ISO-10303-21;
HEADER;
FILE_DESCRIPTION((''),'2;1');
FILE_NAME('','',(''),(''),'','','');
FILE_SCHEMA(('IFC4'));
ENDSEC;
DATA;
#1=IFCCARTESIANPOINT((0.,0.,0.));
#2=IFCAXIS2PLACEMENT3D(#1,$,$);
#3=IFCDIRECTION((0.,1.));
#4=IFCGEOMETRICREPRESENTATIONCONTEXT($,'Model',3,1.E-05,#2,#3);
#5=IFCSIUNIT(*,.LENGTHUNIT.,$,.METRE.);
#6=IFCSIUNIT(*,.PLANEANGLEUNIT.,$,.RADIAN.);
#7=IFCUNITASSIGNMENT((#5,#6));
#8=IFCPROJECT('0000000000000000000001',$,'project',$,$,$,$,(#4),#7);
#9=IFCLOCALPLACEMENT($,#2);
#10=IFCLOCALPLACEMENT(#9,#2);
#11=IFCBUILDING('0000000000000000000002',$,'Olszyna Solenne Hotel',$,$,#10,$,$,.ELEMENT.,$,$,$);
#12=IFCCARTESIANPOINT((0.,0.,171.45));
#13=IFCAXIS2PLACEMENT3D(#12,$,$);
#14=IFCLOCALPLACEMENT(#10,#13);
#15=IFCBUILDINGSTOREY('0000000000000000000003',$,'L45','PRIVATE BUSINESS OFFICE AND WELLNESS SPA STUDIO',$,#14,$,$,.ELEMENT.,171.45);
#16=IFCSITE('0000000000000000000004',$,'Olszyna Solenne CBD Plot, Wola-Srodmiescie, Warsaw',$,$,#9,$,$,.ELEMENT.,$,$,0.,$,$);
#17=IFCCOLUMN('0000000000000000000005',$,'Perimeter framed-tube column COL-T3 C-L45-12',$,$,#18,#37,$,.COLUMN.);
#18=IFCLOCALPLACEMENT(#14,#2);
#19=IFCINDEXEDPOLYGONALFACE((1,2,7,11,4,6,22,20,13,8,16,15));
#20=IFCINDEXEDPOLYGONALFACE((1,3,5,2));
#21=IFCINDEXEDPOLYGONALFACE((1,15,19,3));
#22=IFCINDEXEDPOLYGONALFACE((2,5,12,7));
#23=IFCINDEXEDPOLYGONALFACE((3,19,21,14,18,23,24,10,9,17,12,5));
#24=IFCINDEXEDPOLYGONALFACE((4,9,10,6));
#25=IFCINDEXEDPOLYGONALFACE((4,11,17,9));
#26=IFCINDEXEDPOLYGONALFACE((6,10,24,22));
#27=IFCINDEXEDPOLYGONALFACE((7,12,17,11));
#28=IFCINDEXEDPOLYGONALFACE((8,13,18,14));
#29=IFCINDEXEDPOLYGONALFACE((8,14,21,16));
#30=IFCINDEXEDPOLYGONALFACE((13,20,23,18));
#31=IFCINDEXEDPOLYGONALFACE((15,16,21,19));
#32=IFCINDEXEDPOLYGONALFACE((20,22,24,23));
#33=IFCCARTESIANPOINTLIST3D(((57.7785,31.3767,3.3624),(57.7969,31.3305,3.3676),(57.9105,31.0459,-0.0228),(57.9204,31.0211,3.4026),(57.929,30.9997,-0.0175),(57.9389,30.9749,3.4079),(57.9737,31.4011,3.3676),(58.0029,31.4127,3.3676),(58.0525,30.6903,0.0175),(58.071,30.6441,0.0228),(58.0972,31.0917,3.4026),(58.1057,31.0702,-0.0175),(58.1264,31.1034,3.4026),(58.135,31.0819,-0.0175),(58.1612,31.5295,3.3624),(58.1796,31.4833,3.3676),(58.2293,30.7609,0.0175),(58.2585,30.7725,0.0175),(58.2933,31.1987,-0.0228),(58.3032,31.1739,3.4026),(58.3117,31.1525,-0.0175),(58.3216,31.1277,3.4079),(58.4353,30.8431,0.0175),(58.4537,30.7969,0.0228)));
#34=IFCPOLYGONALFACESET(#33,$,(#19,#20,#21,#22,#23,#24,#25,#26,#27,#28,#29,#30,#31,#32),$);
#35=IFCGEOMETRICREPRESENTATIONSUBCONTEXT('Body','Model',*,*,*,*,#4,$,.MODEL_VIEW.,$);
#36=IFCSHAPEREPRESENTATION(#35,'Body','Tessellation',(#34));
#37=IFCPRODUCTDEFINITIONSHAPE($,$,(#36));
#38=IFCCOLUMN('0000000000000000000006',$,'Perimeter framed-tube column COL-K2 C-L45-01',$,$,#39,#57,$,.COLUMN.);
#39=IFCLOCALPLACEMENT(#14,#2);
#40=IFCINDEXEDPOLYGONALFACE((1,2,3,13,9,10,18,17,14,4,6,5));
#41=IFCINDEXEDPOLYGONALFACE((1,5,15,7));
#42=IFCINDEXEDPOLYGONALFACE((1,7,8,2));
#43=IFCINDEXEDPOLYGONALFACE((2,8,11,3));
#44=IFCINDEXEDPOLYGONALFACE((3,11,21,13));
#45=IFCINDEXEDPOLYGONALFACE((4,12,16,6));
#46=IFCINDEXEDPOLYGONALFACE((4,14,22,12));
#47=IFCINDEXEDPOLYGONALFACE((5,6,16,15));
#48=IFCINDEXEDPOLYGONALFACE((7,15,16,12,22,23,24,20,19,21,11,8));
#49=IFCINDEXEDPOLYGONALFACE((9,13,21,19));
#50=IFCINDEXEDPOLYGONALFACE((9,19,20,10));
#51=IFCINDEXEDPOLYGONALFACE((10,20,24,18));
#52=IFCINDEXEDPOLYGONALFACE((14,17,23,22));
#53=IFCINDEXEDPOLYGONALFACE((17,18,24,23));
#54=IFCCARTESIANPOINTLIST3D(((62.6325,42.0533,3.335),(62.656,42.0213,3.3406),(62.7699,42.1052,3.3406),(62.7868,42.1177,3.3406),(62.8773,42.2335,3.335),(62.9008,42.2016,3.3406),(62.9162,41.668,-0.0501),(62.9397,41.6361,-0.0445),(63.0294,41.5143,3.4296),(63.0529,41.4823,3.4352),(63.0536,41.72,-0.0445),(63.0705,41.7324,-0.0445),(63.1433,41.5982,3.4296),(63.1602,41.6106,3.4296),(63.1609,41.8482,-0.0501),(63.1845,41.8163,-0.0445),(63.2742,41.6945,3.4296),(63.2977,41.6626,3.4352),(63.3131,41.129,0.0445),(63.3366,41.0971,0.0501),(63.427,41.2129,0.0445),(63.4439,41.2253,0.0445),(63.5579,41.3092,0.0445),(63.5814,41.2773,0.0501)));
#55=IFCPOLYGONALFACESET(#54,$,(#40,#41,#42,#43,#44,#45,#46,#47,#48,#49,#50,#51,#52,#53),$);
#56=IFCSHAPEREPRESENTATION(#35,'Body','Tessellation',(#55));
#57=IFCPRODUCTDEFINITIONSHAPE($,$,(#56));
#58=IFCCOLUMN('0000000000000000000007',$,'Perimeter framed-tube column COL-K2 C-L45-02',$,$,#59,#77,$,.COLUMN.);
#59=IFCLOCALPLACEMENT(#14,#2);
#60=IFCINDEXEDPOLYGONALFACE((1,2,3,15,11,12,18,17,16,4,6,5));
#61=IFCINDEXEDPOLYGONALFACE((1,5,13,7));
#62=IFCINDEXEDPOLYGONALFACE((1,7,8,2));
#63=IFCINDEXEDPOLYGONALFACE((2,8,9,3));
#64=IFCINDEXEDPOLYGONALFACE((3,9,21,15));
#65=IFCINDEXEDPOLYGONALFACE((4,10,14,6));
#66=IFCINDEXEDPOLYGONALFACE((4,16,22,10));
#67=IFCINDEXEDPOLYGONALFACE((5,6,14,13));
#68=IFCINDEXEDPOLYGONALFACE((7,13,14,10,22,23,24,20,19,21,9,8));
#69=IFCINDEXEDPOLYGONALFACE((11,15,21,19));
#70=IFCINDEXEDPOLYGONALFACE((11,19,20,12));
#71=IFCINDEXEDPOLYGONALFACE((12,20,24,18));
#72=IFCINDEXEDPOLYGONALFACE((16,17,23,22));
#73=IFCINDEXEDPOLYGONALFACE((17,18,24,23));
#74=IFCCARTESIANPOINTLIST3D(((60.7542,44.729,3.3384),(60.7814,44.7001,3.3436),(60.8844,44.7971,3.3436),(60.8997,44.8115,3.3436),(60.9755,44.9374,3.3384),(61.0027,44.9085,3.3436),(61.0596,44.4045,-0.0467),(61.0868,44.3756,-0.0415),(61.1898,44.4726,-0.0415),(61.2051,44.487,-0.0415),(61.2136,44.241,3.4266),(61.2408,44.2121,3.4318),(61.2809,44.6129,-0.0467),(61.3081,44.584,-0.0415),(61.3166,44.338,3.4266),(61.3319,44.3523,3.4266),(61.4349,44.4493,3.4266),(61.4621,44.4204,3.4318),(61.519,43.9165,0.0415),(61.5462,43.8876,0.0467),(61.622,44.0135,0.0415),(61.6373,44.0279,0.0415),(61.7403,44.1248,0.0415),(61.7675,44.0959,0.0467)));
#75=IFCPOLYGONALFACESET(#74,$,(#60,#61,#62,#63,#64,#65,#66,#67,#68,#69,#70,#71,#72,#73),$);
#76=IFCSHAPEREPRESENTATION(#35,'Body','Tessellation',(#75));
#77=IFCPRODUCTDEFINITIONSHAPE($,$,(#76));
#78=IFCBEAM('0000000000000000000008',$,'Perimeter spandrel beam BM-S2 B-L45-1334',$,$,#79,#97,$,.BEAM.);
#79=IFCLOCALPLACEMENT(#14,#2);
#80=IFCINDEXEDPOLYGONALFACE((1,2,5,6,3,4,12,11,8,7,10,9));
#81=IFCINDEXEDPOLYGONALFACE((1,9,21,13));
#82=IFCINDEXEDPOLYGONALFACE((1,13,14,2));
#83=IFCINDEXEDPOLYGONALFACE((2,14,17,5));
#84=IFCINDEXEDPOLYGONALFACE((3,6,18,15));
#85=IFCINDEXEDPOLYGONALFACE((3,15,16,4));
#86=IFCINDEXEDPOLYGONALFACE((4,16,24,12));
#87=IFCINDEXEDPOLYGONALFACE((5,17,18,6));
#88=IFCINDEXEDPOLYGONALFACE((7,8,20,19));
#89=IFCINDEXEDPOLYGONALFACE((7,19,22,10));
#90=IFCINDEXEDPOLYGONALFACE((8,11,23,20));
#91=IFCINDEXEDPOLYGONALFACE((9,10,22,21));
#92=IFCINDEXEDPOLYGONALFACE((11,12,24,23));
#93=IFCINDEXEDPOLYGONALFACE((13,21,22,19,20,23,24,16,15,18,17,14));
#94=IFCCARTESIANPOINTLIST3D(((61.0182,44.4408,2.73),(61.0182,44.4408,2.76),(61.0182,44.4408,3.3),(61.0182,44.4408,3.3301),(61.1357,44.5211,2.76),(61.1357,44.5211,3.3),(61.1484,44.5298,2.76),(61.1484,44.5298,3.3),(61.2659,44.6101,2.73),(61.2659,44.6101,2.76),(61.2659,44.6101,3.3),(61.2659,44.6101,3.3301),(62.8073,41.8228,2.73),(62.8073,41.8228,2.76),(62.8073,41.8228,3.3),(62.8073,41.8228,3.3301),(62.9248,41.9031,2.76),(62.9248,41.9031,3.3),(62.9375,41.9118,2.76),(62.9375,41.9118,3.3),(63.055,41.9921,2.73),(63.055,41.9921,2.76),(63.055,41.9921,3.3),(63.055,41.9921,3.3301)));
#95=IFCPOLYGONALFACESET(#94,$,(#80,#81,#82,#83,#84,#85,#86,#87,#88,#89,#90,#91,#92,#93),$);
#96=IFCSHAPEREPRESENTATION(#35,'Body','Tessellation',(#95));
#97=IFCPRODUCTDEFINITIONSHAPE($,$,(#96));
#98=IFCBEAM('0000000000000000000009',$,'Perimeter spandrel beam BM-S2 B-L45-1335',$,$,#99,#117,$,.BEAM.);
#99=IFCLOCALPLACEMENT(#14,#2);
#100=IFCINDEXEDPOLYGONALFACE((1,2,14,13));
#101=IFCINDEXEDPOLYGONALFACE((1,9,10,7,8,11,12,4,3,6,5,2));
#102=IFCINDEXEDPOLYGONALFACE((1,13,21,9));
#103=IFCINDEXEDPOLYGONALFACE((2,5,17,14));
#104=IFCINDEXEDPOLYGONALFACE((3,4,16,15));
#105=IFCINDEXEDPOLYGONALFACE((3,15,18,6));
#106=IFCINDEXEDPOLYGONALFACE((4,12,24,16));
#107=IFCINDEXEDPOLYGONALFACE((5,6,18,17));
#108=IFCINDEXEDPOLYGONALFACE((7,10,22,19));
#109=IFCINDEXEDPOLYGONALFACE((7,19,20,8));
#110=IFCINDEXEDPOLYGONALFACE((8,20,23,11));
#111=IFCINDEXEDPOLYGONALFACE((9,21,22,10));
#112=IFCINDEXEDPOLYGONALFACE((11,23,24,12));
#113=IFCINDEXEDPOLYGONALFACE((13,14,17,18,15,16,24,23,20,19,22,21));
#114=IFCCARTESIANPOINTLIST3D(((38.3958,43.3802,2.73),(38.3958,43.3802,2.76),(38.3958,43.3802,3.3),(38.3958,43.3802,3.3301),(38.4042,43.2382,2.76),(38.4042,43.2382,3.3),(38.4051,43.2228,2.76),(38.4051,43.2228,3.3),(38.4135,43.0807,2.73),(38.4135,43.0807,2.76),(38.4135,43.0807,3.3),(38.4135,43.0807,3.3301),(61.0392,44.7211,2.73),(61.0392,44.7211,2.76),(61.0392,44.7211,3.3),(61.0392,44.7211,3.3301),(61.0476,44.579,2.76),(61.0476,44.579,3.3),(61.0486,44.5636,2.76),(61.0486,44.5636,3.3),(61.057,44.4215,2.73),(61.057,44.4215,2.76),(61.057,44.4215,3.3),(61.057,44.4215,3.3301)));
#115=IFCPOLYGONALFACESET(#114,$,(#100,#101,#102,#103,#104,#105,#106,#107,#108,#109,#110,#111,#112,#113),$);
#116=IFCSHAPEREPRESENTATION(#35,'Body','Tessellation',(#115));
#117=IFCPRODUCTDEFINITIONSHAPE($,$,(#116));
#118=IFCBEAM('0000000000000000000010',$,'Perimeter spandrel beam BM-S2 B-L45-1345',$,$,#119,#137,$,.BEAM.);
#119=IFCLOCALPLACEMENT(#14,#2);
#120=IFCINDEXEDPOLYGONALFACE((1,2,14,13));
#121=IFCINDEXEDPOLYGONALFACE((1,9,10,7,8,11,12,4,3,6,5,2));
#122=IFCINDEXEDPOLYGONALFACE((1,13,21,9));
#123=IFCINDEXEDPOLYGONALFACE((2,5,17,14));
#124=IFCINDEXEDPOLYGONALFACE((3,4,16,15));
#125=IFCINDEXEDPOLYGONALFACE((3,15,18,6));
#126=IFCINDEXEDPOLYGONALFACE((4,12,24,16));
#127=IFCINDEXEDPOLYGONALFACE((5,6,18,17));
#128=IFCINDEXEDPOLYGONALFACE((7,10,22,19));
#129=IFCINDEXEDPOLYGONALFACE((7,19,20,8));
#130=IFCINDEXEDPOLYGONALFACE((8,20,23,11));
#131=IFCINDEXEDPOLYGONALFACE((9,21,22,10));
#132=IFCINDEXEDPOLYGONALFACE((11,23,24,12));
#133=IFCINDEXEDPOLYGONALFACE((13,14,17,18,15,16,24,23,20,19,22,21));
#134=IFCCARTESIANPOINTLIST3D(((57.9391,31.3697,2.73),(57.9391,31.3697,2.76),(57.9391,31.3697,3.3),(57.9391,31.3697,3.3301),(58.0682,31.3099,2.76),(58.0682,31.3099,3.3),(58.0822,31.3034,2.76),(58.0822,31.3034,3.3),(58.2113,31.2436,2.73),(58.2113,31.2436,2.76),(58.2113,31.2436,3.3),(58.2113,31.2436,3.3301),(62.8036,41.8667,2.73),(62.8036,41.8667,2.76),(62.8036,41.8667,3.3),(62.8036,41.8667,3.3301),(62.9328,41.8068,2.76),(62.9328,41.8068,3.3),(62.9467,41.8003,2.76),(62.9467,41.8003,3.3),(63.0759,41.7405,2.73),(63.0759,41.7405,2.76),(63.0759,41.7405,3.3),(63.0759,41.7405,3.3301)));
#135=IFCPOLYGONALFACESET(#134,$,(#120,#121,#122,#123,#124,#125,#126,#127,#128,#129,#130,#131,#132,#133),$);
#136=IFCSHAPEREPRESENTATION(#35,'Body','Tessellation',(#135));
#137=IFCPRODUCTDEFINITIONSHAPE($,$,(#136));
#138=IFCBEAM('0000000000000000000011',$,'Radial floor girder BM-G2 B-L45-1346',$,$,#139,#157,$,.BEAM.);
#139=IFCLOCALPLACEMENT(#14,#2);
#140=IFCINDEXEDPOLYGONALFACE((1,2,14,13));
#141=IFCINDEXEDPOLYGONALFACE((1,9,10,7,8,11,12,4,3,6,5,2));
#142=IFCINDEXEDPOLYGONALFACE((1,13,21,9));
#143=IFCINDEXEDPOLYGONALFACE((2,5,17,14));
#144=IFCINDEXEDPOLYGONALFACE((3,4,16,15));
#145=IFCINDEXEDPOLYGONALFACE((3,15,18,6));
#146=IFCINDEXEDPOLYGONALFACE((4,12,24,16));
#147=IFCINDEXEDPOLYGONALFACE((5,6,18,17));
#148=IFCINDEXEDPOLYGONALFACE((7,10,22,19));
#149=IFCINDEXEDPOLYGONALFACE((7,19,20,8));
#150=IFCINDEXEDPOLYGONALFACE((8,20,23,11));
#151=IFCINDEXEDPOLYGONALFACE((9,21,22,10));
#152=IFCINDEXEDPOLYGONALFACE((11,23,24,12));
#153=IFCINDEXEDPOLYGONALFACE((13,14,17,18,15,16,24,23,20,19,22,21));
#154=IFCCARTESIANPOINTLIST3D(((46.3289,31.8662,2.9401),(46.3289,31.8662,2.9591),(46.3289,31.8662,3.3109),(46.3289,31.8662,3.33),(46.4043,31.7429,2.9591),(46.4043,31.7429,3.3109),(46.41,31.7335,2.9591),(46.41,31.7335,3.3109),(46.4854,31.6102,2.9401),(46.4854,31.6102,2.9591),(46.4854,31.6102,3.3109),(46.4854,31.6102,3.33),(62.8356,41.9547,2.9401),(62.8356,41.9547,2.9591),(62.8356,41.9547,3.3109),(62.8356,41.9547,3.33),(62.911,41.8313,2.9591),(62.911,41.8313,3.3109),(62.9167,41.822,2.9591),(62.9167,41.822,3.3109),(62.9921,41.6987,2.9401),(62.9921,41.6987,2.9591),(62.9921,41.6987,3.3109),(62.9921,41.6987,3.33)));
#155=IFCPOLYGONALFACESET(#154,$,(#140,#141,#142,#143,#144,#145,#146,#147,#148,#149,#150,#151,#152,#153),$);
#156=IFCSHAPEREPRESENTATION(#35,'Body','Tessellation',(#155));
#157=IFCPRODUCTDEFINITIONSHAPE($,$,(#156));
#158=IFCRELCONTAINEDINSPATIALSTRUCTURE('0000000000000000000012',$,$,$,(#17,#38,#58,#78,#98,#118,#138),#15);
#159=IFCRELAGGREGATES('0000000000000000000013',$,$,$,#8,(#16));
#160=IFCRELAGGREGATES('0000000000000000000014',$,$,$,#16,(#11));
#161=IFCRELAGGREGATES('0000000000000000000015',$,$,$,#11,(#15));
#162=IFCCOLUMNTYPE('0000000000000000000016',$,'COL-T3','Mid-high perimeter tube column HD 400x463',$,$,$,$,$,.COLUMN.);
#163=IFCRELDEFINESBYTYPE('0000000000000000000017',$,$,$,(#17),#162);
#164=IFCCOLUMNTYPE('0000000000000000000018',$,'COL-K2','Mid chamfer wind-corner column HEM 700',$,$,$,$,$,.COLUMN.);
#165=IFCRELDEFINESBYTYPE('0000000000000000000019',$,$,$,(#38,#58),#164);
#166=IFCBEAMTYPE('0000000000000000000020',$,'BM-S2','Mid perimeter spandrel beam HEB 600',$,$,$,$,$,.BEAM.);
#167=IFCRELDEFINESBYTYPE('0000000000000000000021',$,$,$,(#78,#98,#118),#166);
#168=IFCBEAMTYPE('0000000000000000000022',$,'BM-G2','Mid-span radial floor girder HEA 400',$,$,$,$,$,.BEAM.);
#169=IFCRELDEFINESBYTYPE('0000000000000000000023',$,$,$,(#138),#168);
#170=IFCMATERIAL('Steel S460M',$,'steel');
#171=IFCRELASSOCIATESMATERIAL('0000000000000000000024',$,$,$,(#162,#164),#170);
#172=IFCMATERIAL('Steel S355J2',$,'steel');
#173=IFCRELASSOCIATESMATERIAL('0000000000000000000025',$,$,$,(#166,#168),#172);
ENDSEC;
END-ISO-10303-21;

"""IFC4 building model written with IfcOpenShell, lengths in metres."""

from ifc_helpers import new_model, si_unit, direction, frame, origin, origin_2d, place, context, subcontext, project, spatial, i_section, extrude, source, transform, mapped, material, material_profile, profile_set, type_object, element, save


model = new_model("IFC4")

# Units and contexts
model_context = context("Model", 3, precision=1e-05, world=origin(), true_north=direction((0.0, 1.0)))
body_context = subcontext(model_context, "Body", "Model", "MODEL_VIEW")
ifc_project = project(units=[si_unit("LENGTHUNIT", "METRE"), si_unit("PLANEANGLEUNIT", "RADIAN")], contexts=[model_context])

# Site, building, storey
site_placement = place(None, origin())
site = spatial("IfcSite", under=ifc_project, at=site_placement, Name="Olszyna Solenne CBD Plot, Wola-Srodmiescie, Warsaw", CompositionType="ELEMENT", RefElevation=0.0)
building_placement = place(site_placement, origin())
building = spatial("IfcBuilding", under=site, at=building_placement, Name="Olszyna Solenne Hotel", CompositionType="ELEMENT")
storey_placement = place(building_placement, frame((0.0, 0.0, 171.45)))
storey = spatial("IfcBuildingStorey", under=building, at=storey_placement, Name="L45", Description="PRIVATE BUSINESS OFFICE AND WELLNESS SPA STUDIO", CompositionType="ELEMENT", Elevation=171.45)

# Columns
ifc_material_1 = material(Name="Steel S460M", Category="steel")
ifc_material_profile_1 = material_profile(ifc_material_1, i_section(OverallWidth=0.4121, OverallDepth=0.4351, WebThickness=0.0315, FlangeThickness=0.05, at=origin_2d()), Name="HD 400x463", Category="load-bearing")
ifc_profile_set_1 = profile_set([ifc_material_profile_1], Name="Steel S460M")
column_type_1 = type_object("IfcColumnType", Name="COL-T3", Description="Mid-high perimeter tube column HD 400x463", PredefinedType="COLUMN", material=ifc_profile_set_1)
shared_shape_1 = source(origin(), body_context, "Body", "SweptSolid", [
    extrude(i_section(OverallWidth=0.4121, OverallDepth=0.4351, WebThickness=0.0315, FlangeThickness=0.05, at=origin_2d()), origin(), (0.0, 0.0, 1.0), 3.4038),
])
column_1_placement = place(storey_placement, frame((58.1821, 30.9214, 0.0), z_axis=(-0.038805, 0.097191, 0.994509), x_axis=(-0.928713, -0.3708, 0.0)))
element("IfcColumn", 1, at=column_1_placement, inside=storey, type_object=column_type_1, Name="Perimeter framed-tube column COL-T3 C-L45-12", PredefinedType="COLUMN", context=body_context, shape_type="MappedRepresentation", body=[
    mapped(shared_shape_1, transform((0.0, 0.0, 0.0), x_axis=(1.0, 0.0, 0.0), y_axis=(0.0, 1.0, 0.0), z_axis=(0.0, 0.0, 1.0), scale=1.0)),
])
ifc_material_profile_2 = material_profile(ifc_material_1, i_section(OverallWidth=0.304, OverallDepth=0.7161, WebThickness=0.021, FlangeThickness=0.04, at=origin_2d()), Name="HEM 700", Category="load-bearing")
ifc_profile_set_2 = profile_set([ifc_material_profile_2], Name="Steel S460M")
column_type_2 = type_object("IfcColumnType", Name="COL-K2", Description="Mid chamfer wind-corner column HEM 700", PredefinedType="COLUMN", material=ifc_profile_set_2)
shared_shape_2 = source(origin(), body_context, "Body", "SweptSolid", [
    extrude(i_section(OverallWidth=0.304, OverallDepth=0.7161, WebThickness=0.021, FlangeThickness=0.04, at=origin_2d()), origin(), (0.0, 0.0, 1.0), 3.4187),
])
column_2_placement = place(storey_placement, frame((63.2488, 41.4727, 0.0), z_axis=(-0.082983, 0.112692, 0.990159), x_axis=(-0.805235, -0.592955, 0.0)))
element("IfcColumn", 2, at=column_2_placement, inside=storey, type_object=column_type_2, Name="Perimeter framed-tube column COL-K2 C-L45-01", PredefinedType="COLUMN", context=body_context, shape_type="MappedRepresentation", body=[
    mapped(shared_shape_2, transform((0.0, 0.0, 0.0), x_axis=(1.0, 0.0, 0.0), y_axis=(0.0, 1.0, 0.0), z_axis=(0.0, 0.0, 1.0), scale=1.0)),
])
shared_shape_3 = source(origin(), body_context, "Body", "SweptSolid", [
    extrude(i_section(OverallWidth=0.304, OverallDepth=0.7161, WebThickness=0.021, FlangeThickness=0.04, at=origin_2d()), origin(), (0.0, 0.0, 1.0), 3.4143),
])
column_3_placement = place(storey_placement, frame((61.4136, 44.2502, 0.0), z_axis=(-0.089455, 0.095033, 0.991447), x_axis=(-0.728152, -0.685416, 0.0)))
element("IfcColumn", 3, at=column_3_placement, inside=storey, type_object=column_type_2, Name="Perimeter framed-tube column COL-K2 C-L45-02", PredefinedType="COLUMN", context=body_context, shape_type="MappedRepresentation", body=[
    mapped(shared_shape_3, transform((0.0, 0.0, 0.0), x_axis=(1.0, 0.0, 0.0), y_axis=(0.0, 1.0, 0.0), z_axis=(0.0, 0.0, 1.0), scale=1.0)),
])

# Beams
ifc_material_2 = material(Name="Steel S355J2", Category="steel")
ifc_material_profile_3 = material_profile(ifc_material_2, i_section(OverallWidth=0.3, OverallDepth=0.6001, WebThickness=0.0154, FlangeThickness=0.03, at=origin_2d()), Name="HEB 600", Category="load-bearing")
ifc_profile_set_3 = profile_set([ifc_material_profile_3], Name="Steel S355J2")
beam_type_1 = type_object("IfcBeamType", Name="BM-S2", Description="Mid perimeter spandrel beam HEB 600", PredefinedType="BEAM", material=ifc_profile_set_3)
shared_shape_4 = source(origin(), body_context, "Body", "SweptSolid", [
    extrude(i_section(OverallWidth=0.3, OverallDepth=0.6001, WebThickness=0.0154, FlangeThickness=0.03, at=origin_2d()), origin(), (0.0, 0.0, 1.0), 3.1709),
])
beam_1_placement = place(storey_placement, frame((62.9312, 41.9075, 3.03), z_axis=(-0.564223, 0.825623, 0.0), x_axis=(-0.825623, -0.564223, 0.0)))
element("IfcBeam", 4, at=beam_1_placement, inside=storey, type_object=beam_type_1, Name="Perimeter spandrel beam BM-S2 B-L45-1334", PredefinedType="BEAM", context=body_context, shape_type="MappedRepresentation", body=[
    mapped(shared_shape_4, transform((0.0, 0.0, 0.0), x_axis=(1.0, 0.0, 0.0), y_axis=(0.0, 1.0, 0.0), z_axis=(0.0, 0.0, 1.0), scale=1.0)),
])
shared_shape_5 = source(origin(), body_context, "Body", "SweptSolid", [
    extrude(i_section(OverallWidth=0.3, OverallDepth=0.6001, WebThickness=0.0154, FlangeThickness=0.03, at=origin_2d()), origin(), (0.0, 0.0, 1.0), 22.6831),
])
beam_2_placement = place(storey_placement, frame((61.0481, 44.5713, 3.03), z_axis=(-0.998251, -0.059111, 0.0), x_axis=(0.059111, -0.998251, 0.0)))
element("IfcBeam", 5, at=beam_2_placement, inside=storey, type_object=beam_type_1, Name="Perimeter spandrel beam BM-S2 B-L45-1335", PredefinedType="BEAM", context=body_context, shape_type="MappedRepresentation", body=[
    mapped(shared_shape_5, transform((0.0, 0.0, 0.0), x_axis=(1.0, 0.0, 0.0), y_axis=(0.0, 1.0, 0.0), z_axis=(0.0, 0.0, 1.0), scale=1.0)),
])
shared_shape_6 = source(origin(), body_context, "Body", "SweptSolid", [
    extrude(i_section(OverallWidth=0.3, OverallDepth=0.6001, WebThickness=0.0154, FlangeThickness=0.03, at=origin_2d()), origin(), (0.0, 0.0, 1.0), 11.5693),
])
beam_3_placement = place(storey_placement, frame((58.0752, 31.3066, 3.03), z_axis=(0.420469, 0.907307, 0.0), x_axis=(-0.907307, 0.420469, 0.0)))
element("IfcBeam", 6, at=beam_3_placement, inside=storey, type_object=beam_type_1, Name="Perimeter spandrel beam BM-S2 B-L45-1345", PredefinedType="BEAM", context=body_context, shape_type="MappedRepresentation", body=[
    mapped(shared_shape_6, transform((0.0, 0.0, 0.0), x_axis=(1.0, 0.0, 0.0), y_axis=(0.0, 1.0, 0.0), z_axis=(0.0, 0.0, 1.0), scale=1.0)),
])
ifc_material_profile_4 = material_profile(ifc_material_2, i_section(OverallWidth=0.3, OverallDepth=0.3899, WebThickness=0.011, FlangeThickness=0.019, at=origin_2d()), Name="HEA 400", Category="load-bearing")
ifc_profile_set_4 = profile_set([ifc_material_profile_4], Name="Steel S355J2")
beam_type_2 = type_object("IfcBeamType", Name="BM-G2", Description="Mid-span radial floor girder HEA 400", PredefinedType="BEAM", material=ifc_profile_set_4)
shared_shape_7 = source(origin(), body_context, "Body", "SweptSolid", [
    extrude(i_section(OverallWidth=0.3, OverallDepth=0.3899, WebThickness=0.011, FlangeThickness=0.019, at=origin_2d()), origin(), (0.0, 0.0, 1.0), 19.3455),
])
beam_4_placement = place(storey_placement, frame((62.9138, 41.8267, 3.135), z_axis=(-0.853258, -0.521488, 0.0), x_axis=(0.521488, -0.853258, 0.0)))
element("IfcBeam", 7, at=beam_4_placement, inside=storey, type_object=beam_type_2, Name="Radial floor girder BM-G2 B-L45-1346", PredefinedType="BEAM", context=body_context, shape_type="MappedRepresentation", body=[
    mapped(shared_shape_7, transform((0.0, 0.0, 0.0), x_axis=(1.0, 0.0, 0.0), y_axis=(0.0, 1.0, 0.0), z_axis=(0.0, 0.0, 1.0), scale=1.0)),
])

save(model, "model.ifc")
